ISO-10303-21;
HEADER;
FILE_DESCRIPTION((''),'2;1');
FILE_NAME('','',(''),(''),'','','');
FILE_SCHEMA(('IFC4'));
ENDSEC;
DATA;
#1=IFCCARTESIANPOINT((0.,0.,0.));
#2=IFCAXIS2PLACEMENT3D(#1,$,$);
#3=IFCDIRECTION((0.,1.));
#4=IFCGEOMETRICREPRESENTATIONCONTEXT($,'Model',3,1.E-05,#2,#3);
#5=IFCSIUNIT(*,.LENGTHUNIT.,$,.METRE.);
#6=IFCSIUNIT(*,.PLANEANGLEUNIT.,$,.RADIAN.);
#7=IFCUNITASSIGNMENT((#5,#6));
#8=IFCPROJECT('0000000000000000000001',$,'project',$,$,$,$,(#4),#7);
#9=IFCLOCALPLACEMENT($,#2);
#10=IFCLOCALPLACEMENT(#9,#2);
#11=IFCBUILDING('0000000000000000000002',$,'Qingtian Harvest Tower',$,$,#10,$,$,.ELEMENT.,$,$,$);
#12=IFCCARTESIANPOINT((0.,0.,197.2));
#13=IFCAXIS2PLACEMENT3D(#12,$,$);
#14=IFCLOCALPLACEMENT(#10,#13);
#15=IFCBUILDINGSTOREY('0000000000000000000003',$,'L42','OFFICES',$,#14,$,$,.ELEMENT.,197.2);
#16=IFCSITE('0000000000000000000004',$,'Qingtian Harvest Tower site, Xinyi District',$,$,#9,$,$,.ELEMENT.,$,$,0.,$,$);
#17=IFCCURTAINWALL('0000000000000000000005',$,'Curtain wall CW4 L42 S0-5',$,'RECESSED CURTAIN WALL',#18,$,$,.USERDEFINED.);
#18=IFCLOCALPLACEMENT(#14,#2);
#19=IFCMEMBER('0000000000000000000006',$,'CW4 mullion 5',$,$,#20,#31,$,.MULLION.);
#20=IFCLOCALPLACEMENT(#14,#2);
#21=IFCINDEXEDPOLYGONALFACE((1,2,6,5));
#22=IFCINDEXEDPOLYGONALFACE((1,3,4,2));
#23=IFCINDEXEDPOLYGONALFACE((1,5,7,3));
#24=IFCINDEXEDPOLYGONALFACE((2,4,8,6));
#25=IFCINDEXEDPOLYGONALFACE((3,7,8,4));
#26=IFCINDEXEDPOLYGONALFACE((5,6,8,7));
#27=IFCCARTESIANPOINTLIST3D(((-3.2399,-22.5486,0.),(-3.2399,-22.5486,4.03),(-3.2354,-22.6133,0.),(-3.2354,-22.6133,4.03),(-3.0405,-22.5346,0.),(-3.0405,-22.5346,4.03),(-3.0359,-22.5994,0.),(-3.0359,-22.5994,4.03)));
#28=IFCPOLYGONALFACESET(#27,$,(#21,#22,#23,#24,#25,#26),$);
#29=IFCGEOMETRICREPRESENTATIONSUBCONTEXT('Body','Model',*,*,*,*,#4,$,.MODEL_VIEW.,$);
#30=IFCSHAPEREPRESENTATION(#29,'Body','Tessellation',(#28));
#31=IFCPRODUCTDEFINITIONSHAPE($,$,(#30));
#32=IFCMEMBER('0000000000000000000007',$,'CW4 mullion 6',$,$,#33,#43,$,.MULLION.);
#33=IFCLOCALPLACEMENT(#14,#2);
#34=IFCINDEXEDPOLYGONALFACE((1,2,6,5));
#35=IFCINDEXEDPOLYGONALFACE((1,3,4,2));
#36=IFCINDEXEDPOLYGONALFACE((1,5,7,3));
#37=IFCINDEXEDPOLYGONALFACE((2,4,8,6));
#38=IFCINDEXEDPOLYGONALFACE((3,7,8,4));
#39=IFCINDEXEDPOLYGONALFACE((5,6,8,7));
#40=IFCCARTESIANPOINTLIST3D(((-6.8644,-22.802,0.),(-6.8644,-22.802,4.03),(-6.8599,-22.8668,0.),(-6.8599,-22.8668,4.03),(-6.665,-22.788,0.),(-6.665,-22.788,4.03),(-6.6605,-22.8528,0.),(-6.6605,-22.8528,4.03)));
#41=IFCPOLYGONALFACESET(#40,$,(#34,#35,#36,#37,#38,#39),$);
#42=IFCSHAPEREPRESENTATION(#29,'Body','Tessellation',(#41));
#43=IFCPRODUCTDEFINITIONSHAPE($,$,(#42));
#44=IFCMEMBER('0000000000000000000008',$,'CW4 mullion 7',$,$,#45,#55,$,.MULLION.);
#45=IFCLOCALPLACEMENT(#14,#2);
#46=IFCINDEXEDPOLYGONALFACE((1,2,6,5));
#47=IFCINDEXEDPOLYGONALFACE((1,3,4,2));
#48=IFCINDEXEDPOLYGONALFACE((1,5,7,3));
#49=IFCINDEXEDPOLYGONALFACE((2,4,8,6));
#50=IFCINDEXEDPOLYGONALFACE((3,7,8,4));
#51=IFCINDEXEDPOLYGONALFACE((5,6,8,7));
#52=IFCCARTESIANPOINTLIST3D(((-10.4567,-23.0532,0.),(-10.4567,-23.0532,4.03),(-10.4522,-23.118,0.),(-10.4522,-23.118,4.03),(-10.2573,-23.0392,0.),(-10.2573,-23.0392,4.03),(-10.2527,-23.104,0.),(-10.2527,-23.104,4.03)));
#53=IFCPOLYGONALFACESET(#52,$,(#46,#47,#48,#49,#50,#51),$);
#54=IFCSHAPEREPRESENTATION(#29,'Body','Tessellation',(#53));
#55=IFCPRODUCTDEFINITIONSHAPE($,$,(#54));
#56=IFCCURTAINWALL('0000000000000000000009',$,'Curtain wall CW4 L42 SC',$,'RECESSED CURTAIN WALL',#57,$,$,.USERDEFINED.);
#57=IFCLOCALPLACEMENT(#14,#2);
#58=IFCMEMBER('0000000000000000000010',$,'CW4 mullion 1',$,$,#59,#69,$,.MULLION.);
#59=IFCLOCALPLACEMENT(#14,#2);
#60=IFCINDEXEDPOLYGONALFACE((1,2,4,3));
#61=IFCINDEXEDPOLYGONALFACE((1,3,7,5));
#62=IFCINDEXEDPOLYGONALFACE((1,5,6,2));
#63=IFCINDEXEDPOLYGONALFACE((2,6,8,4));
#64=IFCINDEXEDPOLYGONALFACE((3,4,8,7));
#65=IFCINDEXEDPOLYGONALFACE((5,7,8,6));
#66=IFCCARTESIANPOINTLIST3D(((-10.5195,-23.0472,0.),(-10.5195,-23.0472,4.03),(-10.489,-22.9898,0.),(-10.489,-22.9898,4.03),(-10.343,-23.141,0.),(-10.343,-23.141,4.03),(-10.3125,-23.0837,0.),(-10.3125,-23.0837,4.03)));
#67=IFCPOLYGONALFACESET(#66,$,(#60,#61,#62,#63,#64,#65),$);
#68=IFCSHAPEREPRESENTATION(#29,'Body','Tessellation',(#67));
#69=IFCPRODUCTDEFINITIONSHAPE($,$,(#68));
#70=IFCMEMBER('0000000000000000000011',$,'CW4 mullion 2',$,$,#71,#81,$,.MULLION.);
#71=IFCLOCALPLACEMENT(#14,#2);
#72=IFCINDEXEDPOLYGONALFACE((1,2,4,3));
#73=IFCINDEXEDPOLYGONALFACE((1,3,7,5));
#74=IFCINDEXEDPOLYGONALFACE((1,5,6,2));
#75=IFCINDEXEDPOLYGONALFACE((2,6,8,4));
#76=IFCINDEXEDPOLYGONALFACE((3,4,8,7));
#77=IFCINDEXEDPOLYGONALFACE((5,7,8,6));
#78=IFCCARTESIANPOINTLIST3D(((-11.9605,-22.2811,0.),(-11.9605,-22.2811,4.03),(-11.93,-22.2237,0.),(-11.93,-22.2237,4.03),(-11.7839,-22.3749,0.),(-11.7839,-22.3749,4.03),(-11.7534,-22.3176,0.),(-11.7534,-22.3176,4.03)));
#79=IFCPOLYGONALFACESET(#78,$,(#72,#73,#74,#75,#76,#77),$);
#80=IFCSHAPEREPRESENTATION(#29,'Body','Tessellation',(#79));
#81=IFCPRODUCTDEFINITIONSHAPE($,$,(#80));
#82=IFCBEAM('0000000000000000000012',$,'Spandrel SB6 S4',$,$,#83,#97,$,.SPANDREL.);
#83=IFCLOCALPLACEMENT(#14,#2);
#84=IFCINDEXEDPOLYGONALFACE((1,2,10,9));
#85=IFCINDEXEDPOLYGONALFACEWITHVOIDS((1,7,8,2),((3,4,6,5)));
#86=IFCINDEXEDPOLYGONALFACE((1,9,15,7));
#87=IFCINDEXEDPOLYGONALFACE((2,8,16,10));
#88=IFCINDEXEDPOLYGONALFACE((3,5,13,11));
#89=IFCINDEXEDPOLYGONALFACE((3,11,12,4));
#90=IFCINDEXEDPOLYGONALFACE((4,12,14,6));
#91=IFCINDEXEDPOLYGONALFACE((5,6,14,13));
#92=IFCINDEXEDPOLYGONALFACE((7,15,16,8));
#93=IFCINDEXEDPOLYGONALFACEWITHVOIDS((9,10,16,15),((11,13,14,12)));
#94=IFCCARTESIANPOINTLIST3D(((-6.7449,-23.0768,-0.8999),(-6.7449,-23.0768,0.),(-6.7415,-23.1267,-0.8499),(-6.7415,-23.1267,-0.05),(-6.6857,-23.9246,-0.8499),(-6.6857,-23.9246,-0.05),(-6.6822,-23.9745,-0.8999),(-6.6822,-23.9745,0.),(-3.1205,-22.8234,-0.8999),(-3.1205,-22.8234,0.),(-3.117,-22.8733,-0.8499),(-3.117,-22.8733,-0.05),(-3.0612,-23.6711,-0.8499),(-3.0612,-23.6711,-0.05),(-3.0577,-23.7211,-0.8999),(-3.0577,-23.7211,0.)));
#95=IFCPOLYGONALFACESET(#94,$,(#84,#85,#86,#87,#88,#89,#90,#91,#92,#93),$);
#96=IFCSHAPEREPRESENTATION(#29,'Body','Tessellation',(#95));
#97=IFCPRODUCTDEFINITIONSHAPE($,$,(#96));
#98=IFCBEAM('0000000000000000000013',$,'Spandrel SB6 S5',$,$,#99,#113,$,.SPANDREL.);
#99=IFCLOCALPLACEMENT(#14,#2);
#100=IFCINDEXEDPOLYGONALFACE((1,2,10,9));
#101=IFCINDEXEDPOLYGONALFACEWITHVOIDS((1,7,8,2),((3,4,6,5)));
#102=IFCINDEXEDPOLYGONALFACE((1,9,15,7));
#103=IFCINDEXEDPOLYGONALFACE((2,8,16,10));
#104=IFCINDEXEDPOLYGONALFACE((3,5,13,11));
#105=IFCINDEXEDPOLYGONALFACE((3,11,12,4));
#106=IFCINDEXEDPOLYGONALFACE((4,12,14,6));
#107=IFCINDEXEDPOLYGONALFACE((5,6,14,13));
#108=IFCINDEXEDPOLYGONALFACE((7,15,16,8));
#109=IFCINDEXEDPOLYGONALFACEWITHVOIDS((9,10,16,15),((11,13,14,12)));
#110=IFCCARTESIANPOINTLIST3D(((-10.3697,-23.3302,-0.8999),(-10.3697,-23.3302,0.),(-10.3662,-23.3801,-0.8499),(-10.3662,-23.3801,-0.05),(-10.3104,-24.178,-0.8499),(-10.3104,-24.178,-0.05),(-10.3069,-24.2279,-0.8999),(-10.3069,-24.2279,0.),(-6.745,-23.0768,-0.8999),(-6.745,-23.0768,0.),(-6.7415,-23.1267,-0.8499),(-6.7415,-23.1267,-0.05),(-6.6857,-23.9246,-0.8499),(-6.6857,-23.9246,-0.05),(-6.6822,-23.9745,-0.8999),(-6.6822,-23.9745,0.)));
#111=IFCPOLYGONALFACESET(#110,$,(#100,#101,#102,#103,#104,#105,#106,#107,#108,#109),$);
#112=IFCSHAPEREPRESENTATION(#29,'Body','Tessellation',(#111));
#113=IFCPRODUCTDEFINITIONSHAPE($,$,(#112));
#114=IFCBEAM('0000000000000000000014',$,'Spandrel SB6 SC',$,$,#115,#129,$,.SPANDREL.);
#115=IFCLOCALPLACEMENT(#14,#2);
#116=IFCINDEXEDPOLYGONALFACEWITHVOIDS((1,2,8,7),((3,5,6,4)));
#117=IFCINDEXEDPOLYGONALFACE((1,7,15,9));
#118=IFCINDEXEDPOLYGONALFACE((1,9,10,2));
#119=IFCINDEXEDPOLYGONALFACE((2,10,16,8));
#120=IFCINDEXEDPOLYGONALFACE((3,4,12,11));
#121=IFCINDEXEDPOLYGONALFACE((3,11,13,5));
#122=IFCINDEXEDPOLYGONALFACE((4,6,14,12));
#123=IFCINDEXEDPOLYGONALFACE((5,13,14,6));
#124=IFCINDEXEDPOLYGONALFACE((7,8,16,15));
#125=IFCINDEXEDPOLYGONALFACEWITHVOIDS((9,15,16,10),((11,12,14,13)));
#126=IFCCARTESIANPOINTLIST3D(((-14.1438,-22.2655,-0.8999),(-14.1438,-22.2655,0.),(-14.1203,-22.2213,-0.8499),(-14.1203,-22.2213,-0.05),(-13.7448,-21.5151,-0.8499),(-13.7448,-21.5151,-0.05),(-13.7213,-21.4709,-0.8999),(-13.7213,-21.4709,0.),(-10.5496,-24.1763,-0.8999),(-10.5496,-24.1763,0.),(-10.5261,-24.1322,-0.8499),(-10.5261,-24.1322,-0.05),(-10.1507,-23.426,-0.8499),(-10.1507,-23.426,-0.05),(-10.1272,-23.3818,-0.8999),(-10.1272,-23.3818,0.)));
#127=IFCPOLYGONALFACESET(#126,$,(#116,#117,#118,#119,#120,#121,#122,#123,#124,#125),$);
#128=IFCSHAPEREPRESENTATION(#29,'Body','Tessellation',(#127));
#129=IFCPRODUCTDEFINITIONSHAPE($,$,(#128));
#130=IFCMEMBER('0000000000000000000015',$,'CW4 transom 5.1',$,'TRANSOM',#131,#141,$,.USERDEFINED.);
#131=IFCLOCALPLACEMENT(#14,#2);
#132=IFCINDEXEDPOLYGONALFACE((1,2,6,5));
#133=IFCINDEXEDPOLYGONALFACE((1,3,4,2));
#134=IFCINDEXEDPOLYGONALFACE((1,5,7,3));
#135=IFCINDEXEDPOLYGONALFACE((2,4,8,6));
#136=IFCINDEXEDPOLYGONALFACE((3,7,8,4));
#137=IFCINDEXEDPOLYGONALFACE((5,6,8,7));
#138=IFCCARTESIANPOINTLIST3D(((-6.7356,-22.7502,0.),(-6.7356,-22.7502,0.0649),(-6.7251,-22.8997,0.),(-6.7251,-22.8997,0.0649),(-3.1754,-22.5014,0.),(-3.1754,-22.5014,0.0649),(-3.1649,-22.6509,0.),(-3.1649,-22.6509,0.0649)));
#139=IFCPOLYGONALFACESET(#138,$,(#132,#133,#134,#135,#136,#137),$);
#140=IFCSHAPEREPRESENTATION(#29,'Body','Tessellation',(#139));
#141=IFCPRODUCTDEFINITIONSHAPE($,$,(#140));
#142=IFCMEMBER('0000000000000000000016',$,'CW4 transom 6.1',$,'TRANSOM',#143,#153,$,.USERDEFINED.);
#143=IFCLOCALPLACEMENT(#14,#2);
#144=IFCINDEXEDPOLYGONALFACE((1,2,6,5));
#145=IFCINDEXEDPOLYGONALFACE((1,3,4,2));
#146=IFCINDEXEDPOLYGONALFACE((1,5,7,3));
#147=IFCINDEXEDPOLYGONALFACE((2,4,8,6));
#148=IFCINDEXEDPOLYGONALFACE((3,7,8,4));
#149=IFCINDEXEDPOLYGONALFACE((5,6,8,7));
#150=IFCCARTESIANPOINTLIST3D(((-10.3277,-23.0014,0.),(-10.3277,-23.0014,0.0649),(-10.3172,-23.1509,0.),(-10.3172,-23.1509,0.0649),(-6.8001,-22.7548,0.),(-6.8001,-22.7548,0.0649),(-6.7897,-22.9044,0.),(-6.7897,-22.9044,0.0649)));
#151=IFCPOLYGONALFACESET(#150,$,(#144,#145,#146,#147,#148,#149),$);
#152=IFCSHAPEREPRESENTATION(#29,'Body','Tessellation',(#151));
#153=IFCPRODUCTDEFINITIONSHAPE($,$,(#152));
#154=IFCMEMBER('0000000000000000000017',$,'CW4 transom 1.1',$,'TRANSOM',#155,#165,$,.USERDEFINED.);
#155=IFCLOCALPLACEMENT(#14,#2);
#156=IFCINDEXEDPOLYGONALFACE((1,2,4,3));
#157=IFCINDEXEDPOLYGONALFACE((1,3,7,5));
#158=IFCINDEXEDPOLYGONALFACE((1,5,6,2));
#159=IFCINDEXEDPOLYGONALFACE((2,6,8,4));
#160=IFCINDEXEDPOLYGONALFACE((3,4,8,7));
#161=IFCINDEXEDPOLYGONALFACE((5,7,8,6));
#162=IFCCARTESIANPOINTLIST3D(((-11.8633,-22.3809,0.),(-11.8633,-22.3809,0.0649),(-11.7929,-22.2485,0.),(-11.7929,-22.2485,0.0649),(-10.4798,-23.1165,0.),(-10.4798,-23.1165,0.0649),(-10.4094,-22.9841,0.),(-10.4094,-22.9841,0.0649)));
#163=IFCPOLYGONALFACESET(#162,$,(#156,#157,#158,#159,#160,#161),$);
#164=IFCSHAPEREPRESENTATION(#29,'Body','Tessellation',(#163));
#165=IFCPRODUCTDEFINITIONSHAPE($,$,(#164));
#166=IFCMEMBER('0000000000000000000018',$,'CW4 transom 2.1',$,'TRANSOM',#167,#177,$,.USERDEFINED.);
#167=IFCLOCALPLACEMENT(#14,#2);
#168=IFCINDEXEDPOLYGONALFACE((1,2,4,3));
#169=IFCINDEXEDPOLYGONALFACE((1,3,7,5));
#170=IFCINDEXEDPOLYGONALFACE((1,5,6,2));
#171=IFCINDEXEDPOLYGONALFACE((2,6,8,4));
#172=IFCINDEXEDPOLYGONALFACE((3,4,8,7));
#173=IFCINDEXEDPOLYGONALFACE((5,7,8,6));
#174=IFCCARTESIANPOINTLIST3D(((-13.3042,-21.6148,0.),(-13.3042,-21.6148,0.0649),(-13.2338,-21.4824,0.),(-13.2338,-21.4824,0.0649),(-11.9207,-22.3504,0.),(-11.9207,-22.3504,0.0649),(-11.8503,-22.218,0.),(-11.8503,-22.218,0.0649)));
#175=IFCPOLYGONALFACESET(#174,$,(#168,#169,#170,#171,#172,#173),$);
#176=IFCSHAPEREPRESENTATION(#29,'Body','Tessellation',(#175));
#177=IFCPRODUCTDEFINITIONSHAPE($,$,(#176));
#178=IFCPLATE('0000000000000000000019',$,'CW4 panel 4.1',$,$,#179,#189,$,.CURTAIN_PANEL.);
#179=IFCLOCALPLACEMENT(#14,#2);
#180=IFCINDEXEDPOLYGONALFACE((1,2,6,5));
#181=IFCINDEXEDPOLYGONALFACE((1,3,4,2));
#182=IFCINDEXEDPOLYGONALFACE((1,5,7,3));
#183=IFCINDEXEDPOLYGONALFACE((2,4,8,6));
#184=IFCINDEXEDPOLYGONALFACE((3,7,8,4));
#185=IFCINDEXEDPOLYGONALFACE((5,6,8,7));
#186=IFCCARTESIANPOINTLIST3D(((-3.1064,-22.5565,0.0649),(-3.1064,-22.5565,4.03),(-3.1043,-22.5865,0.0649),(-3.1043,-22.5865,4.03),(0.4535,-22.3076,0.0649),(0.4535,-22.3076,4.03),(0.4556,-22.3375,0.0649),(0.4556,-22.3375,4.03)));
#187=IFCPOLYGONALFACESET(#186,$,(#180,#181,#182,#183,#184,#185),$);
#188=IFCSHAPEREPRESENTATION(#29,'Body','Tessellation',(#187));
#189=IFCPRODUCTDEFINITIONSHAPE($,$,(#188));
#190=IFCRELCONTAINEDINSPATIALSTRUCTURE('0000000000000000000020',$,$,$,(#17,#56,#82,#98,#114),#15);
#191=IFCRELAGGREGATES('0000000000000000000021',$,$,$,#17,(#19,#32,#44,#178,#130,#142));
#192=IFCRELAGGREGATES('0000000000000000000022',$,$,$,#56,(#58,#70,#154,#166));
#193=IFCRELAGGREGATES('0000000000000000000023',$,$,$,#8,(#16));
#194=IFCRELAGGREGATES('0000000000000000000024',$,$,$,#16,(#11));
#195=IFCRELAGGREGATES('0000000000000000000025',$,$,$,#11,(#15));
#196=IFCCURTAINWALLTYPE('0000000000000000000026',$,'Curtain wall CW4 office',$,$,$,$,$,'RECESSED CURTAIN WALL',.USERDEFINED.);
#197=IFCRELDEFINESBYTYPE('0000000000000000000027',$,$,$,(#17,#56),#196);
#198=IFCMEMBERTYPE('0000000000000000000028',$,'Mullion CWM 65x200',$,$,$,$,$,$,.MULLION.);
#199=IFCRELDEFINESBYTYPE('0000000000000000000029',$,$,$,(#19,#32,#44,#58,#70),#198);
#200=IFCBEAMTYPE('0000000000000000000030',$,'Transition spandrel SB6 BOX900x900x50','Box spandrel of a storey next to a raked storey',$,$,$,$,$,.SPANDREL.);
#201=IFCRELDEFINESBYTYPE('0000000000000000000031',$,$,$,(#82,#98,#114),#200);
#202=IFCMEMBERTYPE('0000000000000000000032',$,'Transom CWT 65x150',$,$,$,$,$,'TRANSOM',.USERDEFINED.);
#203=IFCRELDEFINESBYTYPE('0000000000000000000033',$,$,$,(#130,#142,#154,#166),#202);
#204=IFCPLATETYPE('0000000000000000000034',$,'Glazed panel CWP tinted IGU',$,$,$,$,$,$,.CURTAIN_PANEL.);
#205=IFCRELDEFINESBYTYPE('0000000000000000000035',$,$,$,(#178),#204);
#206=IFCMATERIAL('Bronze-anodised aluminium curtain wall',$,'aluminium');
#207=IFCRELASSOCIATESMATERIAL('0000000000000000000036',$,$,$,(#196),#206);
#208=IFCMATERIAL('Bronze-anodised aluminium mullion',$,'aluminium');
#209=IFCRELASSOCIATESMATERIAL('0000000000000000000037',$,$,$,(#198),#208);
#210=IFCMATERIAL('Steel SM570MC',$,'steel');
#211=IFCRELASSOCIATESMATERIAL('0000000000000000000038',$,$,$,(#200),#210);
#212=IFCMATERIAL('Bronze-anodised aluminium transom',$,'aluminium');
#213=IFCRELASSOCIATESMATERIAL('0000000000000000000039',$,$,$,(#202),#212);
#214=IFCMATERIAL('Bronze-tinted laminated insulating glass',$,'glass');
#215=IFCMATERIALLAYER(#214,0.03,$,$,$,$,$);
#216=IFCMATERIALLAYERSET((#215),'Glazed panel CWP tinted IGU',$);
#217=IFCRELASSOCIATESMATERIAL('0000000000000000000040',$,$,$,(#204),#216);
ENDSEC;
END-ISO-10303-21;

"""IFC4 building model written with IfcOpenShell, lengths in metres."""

from ifc_helpers import new_model, si_unit, direction, frame, origin, origin_2d, place, context, subcontext, project, spatial, rectangle, hollow_rectangle, extrude, material, layer, layer_set, material_profile, profile_set, type_object, element, aggregate, save


model = new_model("IFC4")

# Units and contexts
model_context = context("Model", 3, precision=1e-05, world=origin(), true_north=direction((0.0, 1.0)))
body_context = subcontext(model_context, "Body", "Model", "MODEL_VIEW")
ifc_project = project(units=[si_unit("LENGTHUNIT", "METRE"), si_unit("PLANEANGLEUNIT", "RADIAN")], contexts=[model_context])

# Site, building, storey
site_placement = place(None, origin())
site = spatial("IfcSite", under=ifc_project, at=site_placement, Name="Qingtian Harvest Tower site, Xinyi District", CompositionType="ELEMENT", RefElevation=0.0)
building_placement = place(site_placement, origin())
building = spatial("IfcBuilding", under=site, at=building_placement, Name="Qingtian Harvest Tower", CompositionType="ELEMENT")
storey_placement = place(building_placement, frame((0.0, 0.0, 197.2)))
storey = spatial("IfcBuildingStorey", under=building, at=storey_placement, Name="L42", Description="OFFICES", CompositionType="ELEMENT", Elevation=197.2)

# Curtain walls, members
ifc_material_1 = material(Name="Bronze-anodised aluminium curtain wall", Category="aluminium")
curtain_wall_type = type_object("IfcCurtainWallType", Name="Curtain wall CW4 office", ElementType="RECESSED CURTAIN WALL", PredefinedType="USERDEFINED", material=ifc_material_1)
curtain_wall_1_placement = place(storey_placement, origin())
curtain_wall_1 = element("IfcCurtainWall", 1, at=curtain_wall_1_placement, inside=storey, type_object=curtain_wall_type, Name="Curtain wall CW4 L42 S0-5", ObjectType="RECESSED CURTAIN WALL", PredefinedType="USERDEFINED")
ifc_material_2 = material(Name="Bronze-anodised aluminium mullion", Category="aluminium")
ifc_material_profile_1 = material_profile(ifc_material_2, rectangle(XDim=0.0649, YDim=0.2, at=origin_2d()), Name="AL 65x200")
ifc_profile_set_1 = profile_set([ifc_material_profile_1], Name="Bronze-anodised aluminium mullion")
member_type_1 = type_object("IfcMemberType", Name="Mullion CWM 65x200", PredefinedType="MULLION", material=ifc_profile_set_1)
member_1_placement = place(storey_placement, frame((-3.1379, -22.574, 0.0), z_axis=(0.0, 0.0, 1.0), x_axis=(0.069756, -0.997564, 0.0)))
member_1 = element("IfcMember", 2, at=member_1_placement, type_object=member_type_1, Name="CW4 mullion 5", PredefinedType="MULLION", context=body_context, shape_type="SweptSolid", body=[
    extrude(rectangle(XDim=0.0649, YDim=0.2, at=origin_2d()), origin(), (0.0, 0.0, 1.0), 4.03),
])
member_2_placement = place(storey_placement, frame((-6.7625, -22.8274, 0.0), z_axis=(0.0, 0.0, 1.0), x_axis=(0.069756, -0.997564, 0.0)))
member_2 = element("IfcMember", 3, at=member_2_placement, type_object=member_type_1, Name="CW4 mullion 6", PredefinedType="MULLION", context=body_context, shape_type="SweptSolid", body=[
    extrude(rectangle(XDim=0.0649, YDim=0.2, at=origin_2d()), origin(), (0.0, 0.0, 1.0), 4.03),
])
member_3_placement = place(storey_placement, frame((-10.3547, -23.0786, 0.0), z_axis=(0.0, 0.0, 1.0), x_axis=(0.069756, -0.997564, 0.0)))
member_3 = element("IfcMember", 4, at=member_3_placement, type_object=member_type_1, Name="CW4 mullion 7", PredefinedType="MULLION", context=body_context, shape_type="SweptSolid", body=[
    extrude(rectangle(XDim=0.0649, YDim=0.2, at=origin_2d()), origin(), (0.0, 0.0, 1.0), 4.03),
])
curtain_wall_2_placement = place(storey_placement, origin())
curtain_wall_2 = element("IfcCurtainWall", 5, at=curtain_wall_2_placement, inside=storey, type_object=curtain_wall_type, Name="Curtain wall CW4 L42 SC", ObjectType="RECESSED CURTAIN WALL", PredefinedType="USERDEFINED")
member_4_placement = place(storey_placement, frame((-10.416, -23.0654, 0.0), z_axis=(0.0, 0.0, 1.0), x_axis=(-0.469472, -0.882948, 0.0)))
member_4 = element("IfcMember", 6, at=member_4_placement, type_object=member_type_1, Name="CW4 mullion 1", PredefinedType="MULLION", context=body_context, shape_type="SweptSolid", body=[
    extrude(rectangle(XDim=0.0649, YDim=0.2, at=origin_2d()), origin(), (0.0, 0.0, 1.0), 4.03),
])
member_5_placement = place(storey_placement, frame((-11.8569, -22.2993, 0.0), z_axis=(0.0, 0.0, 1.0), x_axis=(-0.469472, -0.882948, 0.0)))
member_5 = element("IfcMember", 7, at=member_5_placement, type_object=member_type_1, Name="CW4 mullion 2", PredefinedType="MULLION", context=body_context, shape_type="SweptSolid", body=[
    extrude(rectangle(XDim=0.0649, YDim=0.2, at=origin_2d()), origin(), (0.0, 0.0, 1.0), 4.03),
])

# Beams
ifc_material_3 = material(Name="Steel SM570MC", Category="steel")
ifc_material_profile_2 = material_profile(ifc_material_3, hollow_rectangle(XDim=0.8999, YDim=0.8999, WallThickness=0.05, at=origin_2d()), Name="BOX900x900x50")
ifc_profile_set_2 = profile_set([ifc_material_profile_2], Name="Steel SM570MC")
beam_type_1 = type_object("IfcBeamType", Name="Transition spandrel SB6 BOX900x900x50", Description="Box spandrel of a storey next to a raked storey", PredefinedType="SPANDREL", material=ifc_profile_set_2)
beam_1_placement = place(storey_placement, frame((-3.0891, -23.2722, -0.45), z_axis=(-0.997565, -0.069748, 0.0), x_axis=(0.069748, -0.997565, 0.0)))
element("IfcBeam", 8, at=beam_1_placement, inside=storey, type_object=beam_type_1, Name="Spandrel SB6 S4", PredefinedType="SPANDREL", context=body_context, shape_type="SweptSolid", body=[
    extrude(hollow_rectangle(XDim=0.8999, YDim=0.8999, WallThickness=0.05, at=origin_2d()), origin(), (0.0, 0.0, 1.0), 3.6333),
])
beam_2_placement = place(storey_placement, frame((-6.7136, -23.5256, -0.45), z_axis=(-0.997565, -0.069743, 0.0), x_axis=(0.069743, -0.997565, 0.0)))
element("IfcBeam", 9, at=beam_2_placement, inside=storey, type_object=beam_type_1, Name="Spandrel SB6 S5", PredefinedType="SPANDREL", context=body_context, shape_type="SweptSolid", body=[
    extrude(hollow_rectangle(XDim=0.8999, YDim=0.8999, WallThickness=0.05, at=origin_2d()), origin(), (0.0, 0.0, 1.0), 3.6335),
])
beam_3_placement = place(storey_placement, frame((-10.3384, -23.7791, -0.45), z_axis=(-0.882968, 0.469433, 0.0), x_axis=(-0.469433, -0.882968, 0.0)))
element("IfcBeam", 10, at=beam_3_placement, inside=storey, type_object=beam_type_1, Name="Spandrel SB6 SC", PredefinedType="SPANDREL", context=body_context, shape_type="SweptSolid", body=[
    extrude(hollow_rectangle(XDim=0.8999, YDim=0.8999, WallThickness=0.05, at=origin_2d()), origin(), (0.0, 0.0, 1.0), 4.0706),
])

# Members
ifc_material_4 = material(Name="Bronze-anodised aluminium transom", Category="aluminium")
ifc_material_profile_3 = material_profile(ifc_material_4, rectangle(XDim=0.1499, YDim=0.0649, at=origin_2d()), Name="AL 65x150")
ifc_profile_set_3 = profile_set([ifc_material_profile_3], Name="Bronze-anodised aluminium transom")
member_type_2 = type_object("IfcMemberType", Name="Transom CWT 65x150", ElementType="TRANSOM", PredefinedType="USERDEFINED", material=ifc_profile_set_3)
member_6_placement = place(storey_placement, frame((-3.1702, -22.5762, 0.0325), z_axis=(-0.997567, -0.069711, 0.0), x_axis=(0.069711, -0.997567, 0.0)))
member_6 = element("IfcMember", 11, at=member_6_placement, type_object=member_type_2, Name="CW4 transom 5.1", ObjectType="TRANSOM", PredefinedType="USERDEFINED", context=body_context, shape_type="SweptSolid", body=[
    extrude(rectangle(XDim=0.1499, YDim=0.0649, at=origin_2d()), origin(), (0.0, 0.0, 1.0), 3.5688),
])
member_7_placement = place(storey_placement, frame((-6.7949, -22.8296, 0.0325), z_axis=(-0.997566, -0.069731, 0.0), x_axis=(0.069731, -0.997566, 0.0)))
member_7 = element("IfcMember", 12, at=member_7_placement, type_object=member_type_2, Name="CW4 transom 6.1", ObjectType="TRANSOM", PredefinedType="USERDEFINED", context=body_context, shape_type="SweptSolid", body=[
    extrude(rectangle(XDim=0.1499, YDim=0.0649, at=origin_2d()), origin(), (0.0, 0.0, 1.0), 3.5361),
])
member_8_placement = place(storey_placement, frame((-10.4446, -23.0503, 0.0325), z_axis=(-0.88296, 0.469448, 0.0), x_axis=(-0.469448, -0.88296, 0.0)))
member_8 = element("IfcMember", 13, at=member_8_placement, type_object=member_type_2, Name="CW4 transom 1.1", ObjectType="TRANSOM", PredefinedType="USERDEFINED", context=body_context, shape_type="SweptSolid", body=[
    extrude(rectangle(XDim=0.1499, YDim=0.0649, at=origin_2d()), origin(), (0.0, 0.0, 1.0), 1.5669),
])
member_9_placement = place(storey_placement, frame((-11.8855, -22.2842, 0.0325), z_axis=(-0.88296, 0.469448, 0.0), x_axis=(-0.469448, -0.88296, 0.0)))
member_9 = element("IfcMember", 14, at=member_9_placement, type_object=member_type_2, Name="CW4 transom 2.1", ObjectType="TRANSOM", PredefinedType="USERDEFINED", context=body_context, shape_type="SweptSolid", body=[
    extrude(rectangle(XDim=0.1499, YDim=0.0649, at=origin_2d()), origin(), (0.0, 0.0, 1.0), 1.5669),
])

# Plate
ifc_material_5 = material(Name="Bronze-tinted laminated insulating glass", Category="glass")
ifc_layer_1 = layer(ifc_material_5, 0.03)
ifc_layer_set_1 = layer_set([ifc_layer_1], Name="Glazed panel CWP tinted IGU")
plate_type = type_object("IfcPlateType", Name="Glazed panel CWP tinted IGU", PredefinedType="CURTAIN_PANEL", material=ifc_layer_set_1)
plate_1_placement = place(storey_placement, frame((-1.3254, -22.447, 0.0649), z_axis=(0.0, 0.0, 1.0), x_axis=(-0.997564, -0.069756, 0.0)))
plate_1 = element("IfcPlate", 15, at=plate_1_placement, type_object=plate_type, Name="CW4 panel 4.1", PredefinedType="CURTAIN_PANEL", context=body_context, shape_type="SweptSolid", body=[
    extrude(rectangle(XDim=3.5686, YDim=0.03, at=origin_2d()), origin(), (0.0, 0.0, 1.0), 3.9651),
])
aggregate(curtain_wall_1, [member_1, member_2, member_3, plate_1, member_6, member_7])
aggregate(curtain_wall_2, [member_4, member_5, member_8, member_9])

save(model, "model.ifc")
